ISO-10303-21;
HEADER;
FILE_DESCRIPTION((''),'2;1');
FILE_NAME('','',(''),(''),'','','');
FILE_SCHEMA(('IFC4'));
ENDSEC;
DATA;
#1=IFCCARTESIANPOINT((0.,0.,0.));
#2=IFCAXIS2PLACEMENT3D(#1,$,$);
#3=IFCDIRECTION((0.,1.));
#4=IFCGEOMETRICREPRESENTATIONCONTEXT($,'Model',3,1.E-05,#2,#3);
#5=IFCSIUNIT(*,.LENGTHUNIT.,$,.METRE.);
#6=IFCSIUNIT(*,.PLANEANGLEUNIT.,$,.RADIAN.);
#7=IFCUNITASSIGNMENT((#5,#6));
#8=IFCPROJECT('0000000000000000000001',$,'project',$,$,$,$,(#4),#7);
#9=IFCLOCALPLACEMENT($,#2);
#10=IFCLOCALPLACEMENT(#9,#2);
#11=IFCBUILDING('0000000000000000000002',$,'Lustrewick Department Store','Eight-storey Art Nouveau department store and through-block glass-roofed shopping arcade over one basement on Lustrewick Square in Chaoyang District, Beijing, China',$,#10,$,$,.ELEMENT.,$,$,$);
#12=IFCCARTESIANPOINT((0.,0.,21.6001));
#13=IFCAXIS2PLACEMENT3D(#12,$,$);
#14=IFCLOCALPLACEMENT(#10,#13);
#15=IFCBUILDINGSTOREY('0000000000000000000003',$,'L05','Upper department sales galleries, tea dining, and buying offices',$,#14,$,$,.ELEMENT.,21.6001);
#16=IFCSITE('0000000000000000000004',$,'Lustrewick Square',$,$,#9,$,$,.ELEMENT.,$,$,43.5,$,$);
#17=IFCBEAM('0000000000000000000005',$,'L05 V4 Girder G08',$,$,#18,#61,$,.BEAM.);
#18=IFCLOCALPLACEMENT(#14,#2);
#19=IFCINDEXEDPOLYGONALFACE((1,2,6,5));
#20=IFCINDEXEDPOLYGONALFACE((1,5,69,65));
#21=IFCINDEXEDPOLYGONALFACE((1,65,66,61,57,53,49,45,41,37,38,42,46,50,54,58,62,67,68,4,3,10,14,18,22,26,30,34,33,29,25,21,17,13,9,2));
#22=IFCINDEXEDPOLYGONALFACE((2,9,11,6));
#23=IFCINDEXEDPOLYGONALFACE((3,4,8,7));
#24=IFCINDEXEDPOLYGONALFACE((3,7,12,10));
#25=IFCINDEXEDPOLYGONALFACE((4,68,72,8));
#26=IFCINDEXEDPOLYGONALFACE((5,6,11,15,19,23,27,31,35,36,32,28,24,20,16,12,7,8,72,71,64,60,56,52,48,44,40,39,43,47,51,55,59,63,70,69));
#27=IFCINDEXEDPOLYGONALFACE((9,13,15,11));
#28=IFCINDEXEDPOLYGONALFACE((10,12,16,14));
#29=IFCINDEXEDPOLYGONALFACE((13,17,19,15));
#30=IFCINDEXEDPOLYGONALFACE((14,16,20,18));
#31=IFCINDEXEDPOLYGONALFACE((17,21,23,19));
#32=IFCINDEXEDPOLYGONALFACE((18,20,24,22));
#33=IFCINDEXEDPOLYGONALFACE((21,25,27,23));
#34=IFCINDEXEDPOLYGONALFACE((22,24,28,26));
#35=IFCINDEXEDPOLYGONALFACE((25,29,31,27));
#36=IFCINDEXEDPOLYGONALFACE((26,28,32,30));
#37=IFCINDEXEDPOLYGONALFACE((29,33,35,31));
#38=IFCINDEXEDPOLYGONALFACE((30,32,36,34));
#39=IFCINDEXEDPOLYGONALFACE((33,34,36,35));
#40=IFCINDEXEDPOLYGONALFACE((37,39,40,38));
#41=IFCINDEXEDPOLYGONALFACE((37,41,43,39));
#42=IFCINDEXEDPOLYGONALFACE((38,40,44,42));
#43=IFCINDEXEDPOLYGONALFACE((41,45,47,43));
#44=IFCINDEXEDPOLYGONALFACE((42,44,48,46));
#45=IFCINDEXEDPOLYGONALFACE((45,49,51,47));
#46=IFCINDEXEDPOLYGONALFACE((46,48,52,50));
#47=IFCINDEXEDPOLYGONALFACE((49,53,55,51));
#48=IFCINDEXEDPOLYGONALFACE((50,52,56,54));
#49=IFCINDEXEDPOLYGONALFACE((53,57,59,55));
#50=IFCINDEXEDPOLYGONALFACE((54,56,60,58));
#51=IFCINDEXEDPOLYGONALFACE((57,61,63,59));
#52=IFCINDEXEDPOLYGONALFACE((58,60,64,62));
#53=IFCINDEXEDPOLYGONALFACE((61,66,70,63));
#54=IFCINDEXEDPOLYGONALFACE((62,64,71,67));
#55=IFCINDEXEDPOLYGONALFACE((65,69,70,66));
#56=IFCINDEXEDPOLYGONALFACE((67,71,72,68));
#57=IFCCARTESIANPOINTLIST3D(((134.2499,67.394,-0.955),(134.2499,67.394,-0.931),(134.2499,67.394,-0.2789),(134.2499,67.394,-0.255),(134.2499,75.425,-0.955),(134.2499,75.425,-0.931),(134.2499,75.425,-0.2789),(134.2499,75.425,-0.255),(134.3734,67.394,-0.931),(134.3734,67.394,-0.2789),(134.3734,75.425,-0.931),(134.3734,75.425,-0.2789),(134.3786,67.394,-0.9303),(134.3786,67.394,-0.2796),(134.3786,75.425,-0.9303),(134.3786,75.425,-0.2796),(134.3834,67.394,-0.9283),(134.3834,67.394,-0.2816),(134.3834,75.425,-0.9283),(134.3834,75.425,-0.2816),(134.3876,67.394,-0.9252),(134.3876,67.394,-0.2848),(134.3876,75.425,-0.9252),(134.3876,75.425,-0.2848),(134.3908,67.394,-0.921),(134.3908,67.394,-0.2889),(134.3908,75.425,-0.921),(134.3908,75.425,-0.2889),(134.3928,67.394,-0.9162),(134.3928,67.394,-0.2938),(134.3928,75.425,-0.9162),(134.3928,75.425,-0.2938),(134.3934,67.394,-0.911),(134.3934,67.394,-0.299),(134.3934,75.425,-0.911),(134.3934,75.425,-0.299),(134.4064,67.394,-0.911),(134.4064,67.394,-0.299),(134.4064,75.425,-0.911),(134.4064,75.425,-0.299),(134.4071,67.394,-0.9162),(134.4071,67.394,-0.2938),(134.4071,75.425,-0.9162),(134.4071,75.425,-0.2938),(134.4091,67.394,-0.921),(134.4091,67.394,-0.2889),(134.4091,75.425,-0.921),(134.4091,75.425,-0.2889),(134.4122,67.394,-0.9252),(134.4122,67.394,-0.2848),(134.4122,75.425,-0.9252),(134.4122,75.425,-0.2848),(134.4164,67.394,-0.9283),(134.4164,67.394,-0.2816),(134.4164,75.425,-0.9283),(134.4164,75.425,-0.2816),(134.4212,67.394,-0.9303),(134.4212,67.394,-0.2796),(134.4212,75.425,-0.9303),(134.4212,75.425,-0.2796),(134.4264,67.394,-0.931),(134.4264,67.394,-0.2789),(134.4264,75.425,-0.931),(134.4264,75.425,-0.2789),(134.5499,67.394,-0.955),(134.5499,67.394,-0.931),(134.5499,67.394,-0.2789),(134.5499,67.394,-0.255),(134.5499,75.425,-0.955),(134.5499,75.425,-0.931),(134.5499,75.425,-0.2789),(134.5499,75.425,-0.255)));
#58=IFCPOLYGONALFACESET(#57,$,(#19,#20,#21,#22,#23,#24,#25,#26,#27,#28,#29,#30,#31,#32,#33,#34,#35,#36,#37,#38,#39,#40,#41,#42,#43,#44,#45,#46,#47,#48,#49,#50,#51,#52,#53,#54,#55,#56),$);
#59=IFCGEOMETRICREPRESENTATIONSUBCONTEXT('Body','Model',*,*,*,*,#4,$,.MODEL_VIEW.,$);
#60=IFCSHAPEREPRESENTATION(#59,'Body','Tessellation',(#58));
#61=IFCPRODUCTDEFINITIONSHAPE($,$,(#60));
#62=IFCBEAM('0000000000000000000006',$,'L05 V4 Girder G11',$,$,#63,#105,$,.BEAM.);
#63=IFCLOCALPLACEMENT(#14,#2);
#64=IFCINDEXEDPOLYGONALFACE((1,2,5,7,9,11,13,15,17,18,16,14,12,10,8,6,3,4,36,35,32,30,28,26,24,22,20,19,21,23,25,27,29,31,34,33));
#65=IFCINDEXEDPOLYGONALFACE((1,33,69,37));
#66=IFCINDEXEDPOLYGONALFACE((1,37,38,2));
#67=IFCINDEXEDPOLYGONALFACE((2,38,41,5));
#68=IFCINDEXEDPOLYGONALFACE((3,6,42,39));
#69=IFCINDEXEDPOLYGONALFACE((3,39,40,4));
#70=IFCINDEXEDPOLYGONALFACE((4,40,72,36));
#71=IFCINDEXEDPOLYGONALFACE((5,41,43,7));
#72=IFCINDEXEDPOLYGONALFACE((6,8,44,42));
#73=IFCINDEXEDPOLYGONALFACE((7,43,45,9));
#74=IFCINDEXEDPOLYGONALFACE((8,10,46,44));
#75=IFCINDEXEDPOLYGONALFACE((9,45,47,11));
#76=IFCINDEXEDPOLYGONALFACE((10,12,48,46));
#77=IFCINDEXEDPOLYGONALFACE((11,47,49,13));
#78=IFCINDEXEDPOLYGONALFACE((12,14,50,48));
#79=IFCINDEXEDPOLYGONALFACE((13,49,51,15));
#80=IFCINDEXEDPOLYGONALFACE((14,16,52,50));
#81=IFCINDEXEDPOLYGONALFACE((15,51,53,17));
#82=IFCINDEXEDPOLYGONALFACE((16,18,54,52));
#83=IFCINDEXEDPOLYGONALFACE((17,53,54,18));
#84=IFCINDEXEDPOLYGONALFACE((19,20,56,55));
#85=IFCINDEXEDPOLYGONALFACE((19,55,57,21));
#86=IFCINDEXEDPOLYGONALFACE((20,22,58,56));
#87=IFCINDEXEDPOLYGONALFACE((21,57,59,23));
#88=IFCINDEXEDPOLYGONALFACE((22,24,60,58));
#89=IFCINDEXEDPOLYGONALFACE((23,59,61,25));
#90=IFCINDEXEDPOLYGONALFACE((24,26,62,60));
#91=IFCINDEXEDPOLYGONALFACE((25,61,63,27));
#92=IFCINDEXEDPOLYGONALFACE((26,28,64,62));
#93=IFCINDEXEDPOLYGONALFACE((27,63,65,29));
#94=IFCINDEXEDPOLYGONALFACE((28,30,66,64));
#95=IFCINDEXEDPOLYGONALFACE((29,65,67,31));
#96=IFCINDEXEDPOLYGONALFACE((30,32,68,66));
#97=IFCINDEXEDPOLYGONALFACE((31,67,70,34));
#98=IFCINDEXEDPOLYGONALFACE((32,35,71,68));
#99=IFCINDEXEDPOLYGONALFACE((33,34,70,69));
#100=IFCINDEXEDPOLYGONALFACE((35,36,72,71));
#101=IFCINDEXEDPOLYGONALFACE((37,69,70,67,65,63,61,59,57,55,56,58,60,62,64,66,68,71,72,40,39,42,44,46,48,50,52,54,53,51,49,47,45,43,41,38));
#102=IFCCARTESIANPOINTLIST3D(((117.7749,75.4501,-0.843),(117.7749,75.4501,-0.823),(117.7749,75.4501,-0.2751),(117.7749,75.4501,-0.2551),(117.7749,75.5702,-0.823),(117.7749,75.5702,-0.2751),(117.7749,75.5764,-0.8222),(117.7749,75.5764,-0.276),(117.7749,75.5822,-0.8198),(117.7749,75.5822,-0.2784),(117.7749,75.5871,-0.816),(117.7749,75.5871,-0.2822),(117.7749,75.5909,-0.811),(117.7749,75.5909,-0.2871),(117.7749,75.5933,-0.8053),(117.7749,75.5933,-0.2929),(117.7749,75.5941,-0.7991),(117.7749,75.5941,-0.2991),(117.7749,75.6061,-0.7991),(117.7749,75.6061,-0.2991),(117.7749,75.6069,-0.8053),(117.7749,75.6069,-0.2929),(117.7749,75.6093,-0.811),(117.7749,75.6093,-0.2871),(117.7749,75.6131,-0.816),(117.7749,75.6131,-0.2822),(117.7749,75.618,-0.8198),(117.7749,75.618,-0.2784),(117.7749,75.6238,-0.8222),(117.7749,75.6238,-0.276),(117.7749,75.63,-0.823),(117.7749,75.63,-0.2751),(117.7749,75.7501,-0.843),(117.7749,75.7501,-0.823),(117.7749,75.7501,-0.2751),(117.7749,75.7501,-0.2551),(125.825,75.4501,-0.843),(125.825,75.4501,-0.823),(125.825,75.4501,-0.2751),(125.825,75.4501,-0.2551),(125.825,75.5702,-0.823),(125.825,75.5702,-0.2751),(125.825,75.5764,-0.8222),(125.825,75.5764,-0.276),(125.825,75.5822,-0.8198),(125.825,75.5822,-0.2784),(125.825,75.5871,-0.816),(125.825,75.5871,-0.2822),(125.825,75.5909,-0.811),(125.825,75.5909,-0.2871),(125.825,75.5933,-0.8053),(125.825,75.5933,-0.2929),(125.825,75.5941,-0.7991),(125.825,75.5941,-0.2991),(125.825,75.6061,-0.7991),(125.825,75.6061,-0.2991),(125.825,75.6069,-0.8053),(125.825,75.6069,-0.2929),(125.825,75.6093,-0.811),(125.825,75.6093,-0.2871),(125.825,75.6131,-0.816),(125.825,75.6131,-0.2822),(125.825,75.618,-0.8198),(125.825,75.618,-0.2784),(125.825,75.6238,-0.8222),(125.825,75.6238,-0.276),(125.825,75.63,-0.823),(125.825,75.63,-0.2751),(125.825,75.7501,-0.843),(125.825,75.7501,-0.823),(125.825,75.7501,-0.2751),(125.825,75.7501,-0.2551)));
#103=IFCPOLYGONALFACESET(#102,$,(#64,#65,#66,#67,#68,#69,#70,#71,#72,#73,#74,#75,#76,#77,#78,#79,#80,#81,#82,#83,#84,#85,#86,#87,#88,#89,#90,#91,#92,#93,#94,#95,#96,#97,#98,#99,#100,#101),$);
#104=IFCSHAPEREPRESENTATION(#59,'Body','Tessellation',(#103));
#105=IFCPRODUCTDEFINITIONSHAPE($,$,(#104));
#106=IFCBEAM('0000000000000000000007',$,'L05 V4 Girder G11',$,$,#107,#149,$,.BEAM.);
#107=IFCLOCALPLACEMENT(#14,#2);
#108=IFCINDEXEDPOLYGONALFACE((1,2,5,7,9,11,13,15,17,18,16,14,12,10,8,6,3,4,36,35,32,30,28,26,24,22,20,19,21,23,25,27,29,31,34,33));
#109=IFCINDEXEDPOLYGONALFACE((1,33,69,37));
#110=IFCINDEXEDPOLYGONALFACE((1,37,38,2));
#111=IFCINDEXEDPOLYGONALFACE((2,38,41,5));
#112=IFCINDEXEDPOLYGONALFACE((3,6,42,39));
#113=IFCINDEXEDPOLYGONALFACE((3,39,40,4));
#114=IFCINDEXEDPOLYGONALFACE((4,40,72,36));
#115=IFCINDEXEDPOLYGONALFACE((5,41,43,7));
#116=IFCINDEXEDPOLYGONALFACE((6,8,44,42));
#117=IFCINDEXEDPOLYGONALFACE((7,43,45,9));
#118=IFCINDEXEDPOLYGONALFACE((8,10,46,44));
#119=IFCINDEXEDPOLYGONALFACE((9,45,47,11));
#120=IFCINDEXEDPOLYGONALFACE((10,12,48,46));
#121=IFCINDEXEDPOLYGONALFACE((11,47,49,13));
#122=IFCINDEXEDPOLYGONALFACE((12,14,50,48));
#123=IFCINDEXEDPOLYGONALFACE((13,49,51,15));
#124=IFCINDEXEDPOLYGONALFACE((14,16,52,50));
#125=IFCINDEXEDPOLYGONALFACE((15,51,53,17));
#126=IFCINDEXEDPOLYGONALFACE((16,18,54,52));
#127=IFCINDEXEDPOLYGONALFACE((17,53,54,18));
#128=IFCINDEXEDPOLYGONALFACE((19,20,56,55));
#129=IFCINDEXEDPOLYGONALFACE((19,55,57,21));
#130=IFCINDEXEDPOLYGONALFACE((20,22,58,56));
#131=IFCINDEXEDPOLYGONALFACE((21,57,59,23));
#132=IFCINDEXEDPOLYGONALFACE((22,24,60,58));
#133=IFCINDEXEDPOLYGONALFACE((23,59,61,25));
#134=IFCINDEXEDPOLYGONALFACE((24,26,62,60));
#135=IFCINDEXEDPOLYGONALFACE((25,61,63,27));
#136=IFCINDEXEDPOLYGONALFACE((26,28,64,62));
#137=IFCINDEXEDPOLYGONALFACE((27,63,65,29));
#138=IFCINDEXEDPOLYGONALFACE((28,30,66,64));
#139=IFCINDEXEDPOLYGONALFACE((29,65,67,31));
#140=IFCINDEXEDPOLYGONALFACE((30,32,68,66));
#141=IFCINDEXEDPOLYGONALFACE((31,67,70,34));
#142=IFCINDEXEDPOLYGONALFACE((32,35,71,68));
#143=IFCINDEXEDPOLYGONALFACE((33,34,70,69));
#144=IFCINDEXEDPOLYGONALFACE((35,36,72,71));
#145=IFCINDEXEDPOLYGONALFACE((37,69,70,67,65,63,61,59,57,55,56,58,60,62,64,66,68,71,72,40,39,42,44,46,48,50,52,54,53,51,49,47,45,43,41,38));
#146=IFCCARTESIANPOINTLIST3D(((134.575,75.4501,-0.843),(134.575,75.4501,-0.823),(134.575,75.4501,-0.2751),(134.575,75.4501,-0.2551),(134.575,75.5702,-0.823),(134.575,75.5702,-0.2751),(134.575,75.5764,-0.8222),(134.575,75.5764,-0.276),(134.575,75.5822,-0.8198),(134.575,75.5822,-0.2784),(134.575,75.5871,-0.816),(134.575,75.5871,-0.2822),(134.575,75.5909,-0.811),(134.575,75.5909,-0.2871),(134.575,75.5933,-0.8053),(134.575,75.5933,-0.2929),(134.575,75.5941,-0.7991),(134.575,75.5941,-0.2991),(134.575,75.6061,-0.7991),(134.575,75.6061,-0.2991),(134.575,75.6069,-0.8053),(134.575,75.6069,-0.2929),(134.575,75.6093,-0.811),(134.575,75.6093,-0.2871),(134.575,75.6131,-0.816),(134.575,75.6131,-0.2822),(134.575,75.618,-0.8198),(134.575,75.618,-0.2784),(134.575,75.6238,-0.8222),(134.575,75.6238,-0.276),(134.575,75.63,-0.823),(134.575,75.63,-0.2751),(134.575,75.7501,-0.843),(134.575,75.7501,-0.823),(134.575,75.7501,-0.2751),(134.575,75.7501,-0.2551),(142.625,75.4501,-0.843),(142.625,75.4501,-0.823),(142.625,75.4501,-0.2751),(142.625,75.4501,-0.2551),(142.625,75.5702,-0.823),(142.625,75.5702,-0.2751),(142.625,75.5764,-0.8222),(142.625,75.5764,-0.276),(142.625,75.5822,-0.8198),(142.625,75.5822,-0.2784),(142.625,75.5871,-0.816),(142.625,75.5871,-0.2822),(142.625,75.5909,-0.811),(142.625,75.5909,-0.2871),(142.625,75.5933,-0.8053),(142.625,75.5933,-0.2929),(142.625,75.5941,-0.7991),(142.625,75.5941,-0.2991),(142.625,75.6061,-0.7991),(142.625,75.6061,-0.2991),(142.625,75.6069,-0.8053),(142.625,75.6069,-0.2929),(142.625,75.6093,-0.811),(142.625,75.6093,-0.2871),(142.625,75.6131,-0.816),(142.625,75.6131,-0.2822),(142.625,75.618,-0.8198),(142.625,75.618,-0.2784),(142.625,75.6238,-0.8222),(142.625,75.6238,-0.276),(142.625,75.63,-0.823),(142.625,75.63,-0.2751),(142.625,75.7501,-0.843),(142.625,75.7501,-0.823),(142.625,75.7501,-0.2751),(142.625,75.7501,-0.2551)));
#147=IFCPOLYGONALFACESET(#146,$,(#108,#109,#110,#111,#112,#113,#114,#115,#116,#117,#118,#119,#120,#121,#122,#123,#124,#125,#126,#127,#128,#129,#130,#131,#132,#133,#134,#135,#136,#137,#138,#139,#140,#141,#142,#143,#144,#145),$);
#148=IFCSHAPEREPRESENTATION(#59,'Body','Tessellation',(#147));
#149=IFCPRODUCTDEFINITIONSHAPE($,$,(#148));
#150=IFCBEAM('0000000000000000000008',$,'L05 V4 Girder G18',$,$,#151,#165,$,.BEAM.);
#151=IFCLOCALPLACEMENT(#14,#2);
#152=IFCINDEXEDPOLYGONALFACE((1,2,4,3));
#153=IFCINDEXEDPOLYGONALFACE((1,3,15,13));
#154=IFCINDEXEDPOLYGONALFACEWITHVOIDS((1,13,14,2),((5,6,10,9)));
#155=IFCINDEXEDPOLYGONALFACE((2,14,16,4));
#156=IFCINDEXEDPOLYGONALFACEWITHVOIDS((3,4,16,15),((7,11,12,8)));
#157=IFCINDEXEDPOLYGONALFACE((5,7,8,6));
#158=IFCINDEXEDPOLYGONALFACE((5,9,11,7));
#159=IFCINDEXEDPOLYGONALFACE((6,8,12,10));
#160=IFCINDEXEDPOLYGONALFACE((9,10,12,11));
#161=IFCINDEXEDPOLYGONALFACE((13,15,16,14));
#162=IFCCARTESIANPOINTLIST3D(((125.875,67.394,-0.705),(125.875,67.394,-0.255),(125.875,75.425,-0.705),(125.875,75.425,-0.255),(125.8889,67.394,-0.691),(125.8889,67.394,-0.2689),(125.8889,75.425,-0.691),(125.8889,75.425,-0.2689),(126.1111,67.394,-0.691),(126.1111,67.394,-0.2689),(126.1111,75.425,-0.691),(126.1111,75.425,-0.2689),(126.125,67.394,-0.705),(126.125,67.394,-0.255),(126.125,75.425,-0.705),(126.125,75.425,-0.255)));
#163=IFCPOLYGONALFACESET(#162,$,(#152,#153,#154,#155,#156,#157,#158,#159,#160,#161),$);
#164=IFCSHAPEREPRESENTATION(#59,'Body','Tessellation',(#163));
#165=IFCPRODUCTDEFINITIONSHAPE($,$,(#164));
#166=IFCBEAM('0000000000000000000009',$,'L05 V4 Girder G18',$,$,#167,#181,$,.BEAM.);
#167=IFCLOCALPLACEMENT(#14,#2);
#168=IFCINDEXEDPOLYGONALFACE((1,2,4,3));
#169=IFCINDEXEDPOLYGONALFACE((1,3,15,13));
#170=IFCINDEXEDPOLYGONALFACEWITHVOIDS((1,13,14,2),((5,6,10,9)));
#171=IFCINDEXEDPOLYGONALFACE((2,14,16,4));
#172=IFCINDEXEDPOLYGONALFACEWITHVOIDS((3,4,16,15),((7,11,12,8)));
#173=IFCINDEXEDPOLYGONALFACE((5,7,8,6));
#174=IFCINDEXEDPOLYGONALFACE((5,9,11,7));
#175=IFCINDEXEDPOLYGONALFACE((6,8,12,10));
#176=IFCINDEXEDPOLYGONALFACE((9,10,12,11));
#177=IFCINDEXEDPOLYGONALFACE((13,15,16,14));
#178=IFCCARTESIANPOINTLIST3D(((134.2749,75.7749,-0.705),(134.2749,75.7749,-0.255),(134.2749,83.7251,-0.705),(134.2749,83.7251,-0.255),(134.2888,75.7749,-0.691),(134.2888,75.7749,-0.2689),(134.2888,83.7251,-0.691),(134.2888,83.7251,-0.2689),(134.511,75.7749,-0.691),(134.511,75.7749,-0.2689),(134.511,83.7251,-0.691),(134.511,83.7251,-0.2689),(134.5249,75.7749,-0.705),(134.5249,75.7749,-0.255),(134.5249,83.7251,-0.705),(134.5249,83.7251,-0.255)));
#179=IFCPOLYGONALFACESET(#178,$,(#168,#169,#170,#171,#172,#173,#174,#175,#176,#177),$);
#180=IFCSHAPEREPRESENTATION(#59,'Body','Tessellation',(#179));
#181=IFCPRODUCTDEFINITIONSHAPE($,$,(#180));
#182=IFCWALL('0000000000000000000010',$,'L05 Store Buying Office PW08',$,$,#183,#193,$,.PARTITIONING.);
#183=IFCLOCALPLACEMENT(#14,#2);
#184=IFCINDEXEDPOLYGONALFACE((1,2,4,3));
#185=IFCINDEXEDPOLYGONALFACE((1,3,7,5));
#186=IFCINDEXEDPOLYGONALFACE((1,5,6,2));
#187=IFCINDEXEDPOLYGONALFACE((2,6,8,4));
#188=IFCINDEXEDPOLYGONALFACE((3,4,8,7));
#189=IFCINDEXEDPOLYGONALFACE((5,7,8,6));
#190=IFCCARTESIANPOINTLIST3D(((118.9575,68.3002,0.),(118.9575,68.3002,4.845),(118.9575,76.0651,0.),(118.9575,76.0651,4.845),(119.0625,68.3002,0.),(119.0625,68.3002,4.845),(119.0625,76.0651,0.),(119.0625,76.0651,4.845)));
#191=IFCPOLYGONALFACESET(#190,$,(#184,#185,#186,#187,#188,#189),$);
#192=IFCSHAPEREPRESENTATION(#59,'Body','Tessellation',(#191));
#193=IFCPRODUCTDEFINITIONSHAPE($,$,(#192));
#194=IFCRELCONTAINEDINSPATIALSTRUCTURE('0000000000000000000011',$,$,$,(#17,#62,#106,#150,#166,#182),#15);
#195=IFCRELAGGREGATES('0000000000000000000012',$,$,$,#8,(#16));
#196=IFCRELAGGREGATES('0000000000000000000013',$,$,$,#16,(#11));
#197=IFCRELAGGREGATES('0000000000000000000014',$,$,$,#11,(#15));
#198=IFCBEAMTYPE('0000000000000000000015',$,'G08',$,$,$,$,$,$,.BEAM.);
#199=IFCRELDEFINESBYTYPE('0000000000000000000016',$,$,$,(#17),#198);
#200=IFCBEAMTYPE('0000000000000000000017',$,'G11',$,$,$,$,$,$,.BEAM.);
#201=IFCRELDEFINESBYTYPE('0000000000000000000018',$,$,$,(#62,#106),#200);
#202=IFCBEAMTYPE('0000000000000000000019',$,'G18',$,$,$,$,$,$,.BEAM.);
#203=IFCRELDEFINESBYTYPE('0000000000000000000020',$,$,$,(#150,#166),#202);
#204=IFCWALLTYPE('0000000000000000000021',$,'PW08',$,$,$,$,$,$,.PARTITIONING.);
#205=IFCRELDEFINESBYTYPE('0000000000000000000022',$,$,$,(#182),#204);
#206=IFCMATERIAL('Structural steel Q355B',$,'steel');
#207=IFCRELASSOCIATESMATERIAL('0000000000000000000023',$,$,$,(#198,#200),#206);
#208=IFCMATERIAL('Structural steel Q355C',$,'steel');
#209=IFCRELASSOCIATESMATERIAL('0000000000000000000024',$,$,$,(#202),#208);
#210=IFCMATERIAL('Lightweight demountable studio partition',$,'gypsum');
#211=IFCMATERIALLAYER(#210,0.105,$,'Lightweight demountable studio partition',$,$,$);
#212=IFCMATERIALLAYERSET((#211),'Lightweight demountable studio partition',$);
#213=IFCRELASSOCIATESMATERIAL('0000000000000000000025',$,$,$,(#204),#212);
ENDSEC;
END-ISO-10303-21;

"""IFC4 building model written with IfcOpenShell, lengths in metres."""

from ifc_helpers import new_model, si_unit, direction, frame, frame_2d, origin, origin_2d, place, context, subcontext, project, spatial, rectangle, hollow_rectangle, i_section, extrude, material, layer, layer_set, material_profile, profile_set, type_object, element, save


model = new_model("IFC4")

# Units and contexts
model_context = context("Model", 3, precision=1e-05, world=origin(), true_north=direction((0.0, 1.0)))
body_context = subcontext(model_context, "Body", "Model", "MODEL_VIEW")
ifc_project = project(units=[si_unit("LENGTHUNIT", "METRE"), si_unit("PLANEANGLEUNIT", "RADIAN")], contexts=[model_context])

# Site, building, storey
site_placement = place(None, origin())
site = spatial("IfcSite", under=ifc_project, at=site_placement, Name="Lustrewick Square", CompositionType="ELEMENT", RefElevation=43.5)
building_placement = place(site_placement, origin())
building = spatial("IfcBuilding", under=site, at=building_placement, Name="Lustrewick Department Store", Description="Eight-storey Art Nouveau department store and through-block glass-roofed shopping arcade over one basement on Lustrewick Square in Chaoyang District, Beijing, China", CompositionType="ELEMENT")
storey_placement = place(building_placement, frame((0.0, 0.0, 21.6001)))
storey = spatial("IfcBuildingStorey", under=building, at=storey_placement, Name="L05", Description="Upper department sales galleries, tea dining, and buying offices", CompositionType="ELEMENT", Elevation=21.6001)

# Shared definitions
ifc_material_1 = material(Name="Structural steel Q355B", Category="steel")

# Beams
ifc_material_2 = material(Name="Structural steel Q355C", Category="steel")
ifc_material_profile_1 = material_profile(ifc_material_1, i_section(OverallWidth=0.3, OverallDepth=0.7, WebThickness=0.0129, FlangeThickness=0.0239, FilletRadius=0.02, at=origin_2d()), Name="HN 700x300x13x24")
ifc_profile_set_1 = profile_set([ifc_material_profile_1], Name="Structural steel Q355B")
beam_type_1 = type_object("IfcBeamType", Name="G08", PredefinedType="BEAM", material=ifc_profile_set_1)
beam_1_placement = place(storey_placement, frame((134.3999, 67.394, -0.605), z_axis=(0.0, 1.0, 0.0), x_axis=(-1.0, 0.0, 0.0)))
element("IfcBeam", 1, at=beam_1_placement, inside=storey, type_object=beam_type_1, Name="L05 V4 Girder G08", PredefinedType="BEAM", context=body_context, shape_type="SweptSolid", body=[
    extrude(i_section(OverallWidth=0.3, OverallDepth=0.7, WebThickness=0.0129, FlangeThickness=0.0239, FilletRadius=0.02, at=origin_2d()), origin(), (0.0, 0.0, 1.0), 8.031),
])
ifc_material_profile_2 = material_profile(ifc_material_1, i_section(OverallWidth=0.3, OverallDepth=0.5879, WebThickness=0.012, FlangeThickness=0.02, FilletRadius=0.0239, at=origin_2d()), Name="HM 588x300x12x20")
ifc_profile_set_2 = profile_set([ifc_material_profile_2], Name="Structural steel Q355B")
beam_type_2 = type_object("IfcBeamType", Name="G11", PredefinedType="BEAM", material=ifc_profile_set_2)
for number, where, z_axis, x_axis, name in (
    (2, (117.7749, 75.6001, -0.5491), (1.0, 0.0, 0.0), (0.0, 1.0, 0.0), "L05 V4 Girder G11"),
    (3, (134.575, 75.6001, -0.5491), (1.0, 0.0, 0.0), (0.0, 1.0, 0.0), "L05 V4 Girder G11"),
):
    element("IfcBeam", number, at=place(storey_placement, frame(where, z_axis=z_axis, x_axis=x_axis)), inside=storey, type_object=beam_type_2, Name=name, PredefinedType="BEAM", context=body_context, shape_type="SweptSolid", body=[
        extrude(i_section(OverallWidth=0.3, OverallDepth=0.5879, WebThickness=0.012, FlangeThickness=0.02, FilletRadius=0.0239, at=origin_2d()), origin(), (0.0, 0.0, 1.0), 8.05),
    ])
ifc_material_profile_3 = material_profile(ifc_material_2, hollow_rectangle(XDim=0.25, YDim=0.45, WallThickness=0.0139, at=origin_2d()), Name="RHS 450x250x14")
ifc_profile_set_3 = profile_set([ifc_material_profile_3], Name="Structural steel Q355C")
beam_type_3 = type_object("IfcBeamType", Name="G18", PredefinedType="BEAM", material=ifc_profile_set_3)
beam_2_placement = place(storey_placement, frame((126.0, 67.394, -0.48), z_axis=(0.0, 1.0, 0.0), x_axis=(-1.0, 0.0, 0.0)))
element("IfcBeam", 4, at=beam_2_placement, inside=storey, type_object=beam_type_3, Name="L05 V4 Girder G18", PredefinedType="BEAM", context=body_context, shape_type="SweptSolid", body=[
    extrude(hollow_rectangle(XDim=0.25, YDim=0.45, WallThickness=0.0139, at=origin_2d()), origin(), (0.0, 0.0, 1.0), 8.031),
])
beam_3_placement = place(storey_placement, frame((134.3999, 75.7749, -0.48), z_axis=(0.0, 1.0, 0.0), x_axis=(-1.0, 0.0, 0.0)))
element("IfcBeam", 5, at=beam_3_placement, inside=storey, type_object=beam_type_3, Name="L05 V4 Girder G18", PredefinedType="BEAM", context=body_context, shape_type="SweptSolid", body=[
    extrude(hollow_rectangle(XDim=0.25, YDim=0.45, WallThickness=0.0139, at=origin_2d()), origin(), (0.0, 0.0, 1.0), 7.9502),
])

# Wall
ifc_material_3 = material(Name="Lightweight demountable studio partition", Category="gypsum")
ifc_layer_1 = layer(ifc_material_3, 0.105, Name="Lightweight demountable studio partition")
ifc_layer_set_1 = layer_set([ifc_layer_1], Name="Lightweight demountable studio partition")
wall_type_1 = type_object("IfcWallType", Name="PW08", PredefinedType="PARTITIONING", material=ifc_layer_set_1)
wall_1_placement = place(storey_placement, frame((119.01, 76.0649, 0.0), z_axis=(0.0, 0.0, 1.0), x_axis=(0.0, -1.0, 0.0)))
element("IfcWall", 6, at=wall_1_placement, inside=storey, type_object=wall_type_1, Name="L05 Store Buying Office PW08", PredefinedType="PARTITIONING", context=body_context, shape_type="SweptSolid", body=[
    extrude(rectangle(XDim=7.7649, YDim=0.105, at=frame_2d((3.8823, 0.0))), origin(), (0.0, 0.0, 1.0), 4.845),
])

save(model, "model.ifc")
